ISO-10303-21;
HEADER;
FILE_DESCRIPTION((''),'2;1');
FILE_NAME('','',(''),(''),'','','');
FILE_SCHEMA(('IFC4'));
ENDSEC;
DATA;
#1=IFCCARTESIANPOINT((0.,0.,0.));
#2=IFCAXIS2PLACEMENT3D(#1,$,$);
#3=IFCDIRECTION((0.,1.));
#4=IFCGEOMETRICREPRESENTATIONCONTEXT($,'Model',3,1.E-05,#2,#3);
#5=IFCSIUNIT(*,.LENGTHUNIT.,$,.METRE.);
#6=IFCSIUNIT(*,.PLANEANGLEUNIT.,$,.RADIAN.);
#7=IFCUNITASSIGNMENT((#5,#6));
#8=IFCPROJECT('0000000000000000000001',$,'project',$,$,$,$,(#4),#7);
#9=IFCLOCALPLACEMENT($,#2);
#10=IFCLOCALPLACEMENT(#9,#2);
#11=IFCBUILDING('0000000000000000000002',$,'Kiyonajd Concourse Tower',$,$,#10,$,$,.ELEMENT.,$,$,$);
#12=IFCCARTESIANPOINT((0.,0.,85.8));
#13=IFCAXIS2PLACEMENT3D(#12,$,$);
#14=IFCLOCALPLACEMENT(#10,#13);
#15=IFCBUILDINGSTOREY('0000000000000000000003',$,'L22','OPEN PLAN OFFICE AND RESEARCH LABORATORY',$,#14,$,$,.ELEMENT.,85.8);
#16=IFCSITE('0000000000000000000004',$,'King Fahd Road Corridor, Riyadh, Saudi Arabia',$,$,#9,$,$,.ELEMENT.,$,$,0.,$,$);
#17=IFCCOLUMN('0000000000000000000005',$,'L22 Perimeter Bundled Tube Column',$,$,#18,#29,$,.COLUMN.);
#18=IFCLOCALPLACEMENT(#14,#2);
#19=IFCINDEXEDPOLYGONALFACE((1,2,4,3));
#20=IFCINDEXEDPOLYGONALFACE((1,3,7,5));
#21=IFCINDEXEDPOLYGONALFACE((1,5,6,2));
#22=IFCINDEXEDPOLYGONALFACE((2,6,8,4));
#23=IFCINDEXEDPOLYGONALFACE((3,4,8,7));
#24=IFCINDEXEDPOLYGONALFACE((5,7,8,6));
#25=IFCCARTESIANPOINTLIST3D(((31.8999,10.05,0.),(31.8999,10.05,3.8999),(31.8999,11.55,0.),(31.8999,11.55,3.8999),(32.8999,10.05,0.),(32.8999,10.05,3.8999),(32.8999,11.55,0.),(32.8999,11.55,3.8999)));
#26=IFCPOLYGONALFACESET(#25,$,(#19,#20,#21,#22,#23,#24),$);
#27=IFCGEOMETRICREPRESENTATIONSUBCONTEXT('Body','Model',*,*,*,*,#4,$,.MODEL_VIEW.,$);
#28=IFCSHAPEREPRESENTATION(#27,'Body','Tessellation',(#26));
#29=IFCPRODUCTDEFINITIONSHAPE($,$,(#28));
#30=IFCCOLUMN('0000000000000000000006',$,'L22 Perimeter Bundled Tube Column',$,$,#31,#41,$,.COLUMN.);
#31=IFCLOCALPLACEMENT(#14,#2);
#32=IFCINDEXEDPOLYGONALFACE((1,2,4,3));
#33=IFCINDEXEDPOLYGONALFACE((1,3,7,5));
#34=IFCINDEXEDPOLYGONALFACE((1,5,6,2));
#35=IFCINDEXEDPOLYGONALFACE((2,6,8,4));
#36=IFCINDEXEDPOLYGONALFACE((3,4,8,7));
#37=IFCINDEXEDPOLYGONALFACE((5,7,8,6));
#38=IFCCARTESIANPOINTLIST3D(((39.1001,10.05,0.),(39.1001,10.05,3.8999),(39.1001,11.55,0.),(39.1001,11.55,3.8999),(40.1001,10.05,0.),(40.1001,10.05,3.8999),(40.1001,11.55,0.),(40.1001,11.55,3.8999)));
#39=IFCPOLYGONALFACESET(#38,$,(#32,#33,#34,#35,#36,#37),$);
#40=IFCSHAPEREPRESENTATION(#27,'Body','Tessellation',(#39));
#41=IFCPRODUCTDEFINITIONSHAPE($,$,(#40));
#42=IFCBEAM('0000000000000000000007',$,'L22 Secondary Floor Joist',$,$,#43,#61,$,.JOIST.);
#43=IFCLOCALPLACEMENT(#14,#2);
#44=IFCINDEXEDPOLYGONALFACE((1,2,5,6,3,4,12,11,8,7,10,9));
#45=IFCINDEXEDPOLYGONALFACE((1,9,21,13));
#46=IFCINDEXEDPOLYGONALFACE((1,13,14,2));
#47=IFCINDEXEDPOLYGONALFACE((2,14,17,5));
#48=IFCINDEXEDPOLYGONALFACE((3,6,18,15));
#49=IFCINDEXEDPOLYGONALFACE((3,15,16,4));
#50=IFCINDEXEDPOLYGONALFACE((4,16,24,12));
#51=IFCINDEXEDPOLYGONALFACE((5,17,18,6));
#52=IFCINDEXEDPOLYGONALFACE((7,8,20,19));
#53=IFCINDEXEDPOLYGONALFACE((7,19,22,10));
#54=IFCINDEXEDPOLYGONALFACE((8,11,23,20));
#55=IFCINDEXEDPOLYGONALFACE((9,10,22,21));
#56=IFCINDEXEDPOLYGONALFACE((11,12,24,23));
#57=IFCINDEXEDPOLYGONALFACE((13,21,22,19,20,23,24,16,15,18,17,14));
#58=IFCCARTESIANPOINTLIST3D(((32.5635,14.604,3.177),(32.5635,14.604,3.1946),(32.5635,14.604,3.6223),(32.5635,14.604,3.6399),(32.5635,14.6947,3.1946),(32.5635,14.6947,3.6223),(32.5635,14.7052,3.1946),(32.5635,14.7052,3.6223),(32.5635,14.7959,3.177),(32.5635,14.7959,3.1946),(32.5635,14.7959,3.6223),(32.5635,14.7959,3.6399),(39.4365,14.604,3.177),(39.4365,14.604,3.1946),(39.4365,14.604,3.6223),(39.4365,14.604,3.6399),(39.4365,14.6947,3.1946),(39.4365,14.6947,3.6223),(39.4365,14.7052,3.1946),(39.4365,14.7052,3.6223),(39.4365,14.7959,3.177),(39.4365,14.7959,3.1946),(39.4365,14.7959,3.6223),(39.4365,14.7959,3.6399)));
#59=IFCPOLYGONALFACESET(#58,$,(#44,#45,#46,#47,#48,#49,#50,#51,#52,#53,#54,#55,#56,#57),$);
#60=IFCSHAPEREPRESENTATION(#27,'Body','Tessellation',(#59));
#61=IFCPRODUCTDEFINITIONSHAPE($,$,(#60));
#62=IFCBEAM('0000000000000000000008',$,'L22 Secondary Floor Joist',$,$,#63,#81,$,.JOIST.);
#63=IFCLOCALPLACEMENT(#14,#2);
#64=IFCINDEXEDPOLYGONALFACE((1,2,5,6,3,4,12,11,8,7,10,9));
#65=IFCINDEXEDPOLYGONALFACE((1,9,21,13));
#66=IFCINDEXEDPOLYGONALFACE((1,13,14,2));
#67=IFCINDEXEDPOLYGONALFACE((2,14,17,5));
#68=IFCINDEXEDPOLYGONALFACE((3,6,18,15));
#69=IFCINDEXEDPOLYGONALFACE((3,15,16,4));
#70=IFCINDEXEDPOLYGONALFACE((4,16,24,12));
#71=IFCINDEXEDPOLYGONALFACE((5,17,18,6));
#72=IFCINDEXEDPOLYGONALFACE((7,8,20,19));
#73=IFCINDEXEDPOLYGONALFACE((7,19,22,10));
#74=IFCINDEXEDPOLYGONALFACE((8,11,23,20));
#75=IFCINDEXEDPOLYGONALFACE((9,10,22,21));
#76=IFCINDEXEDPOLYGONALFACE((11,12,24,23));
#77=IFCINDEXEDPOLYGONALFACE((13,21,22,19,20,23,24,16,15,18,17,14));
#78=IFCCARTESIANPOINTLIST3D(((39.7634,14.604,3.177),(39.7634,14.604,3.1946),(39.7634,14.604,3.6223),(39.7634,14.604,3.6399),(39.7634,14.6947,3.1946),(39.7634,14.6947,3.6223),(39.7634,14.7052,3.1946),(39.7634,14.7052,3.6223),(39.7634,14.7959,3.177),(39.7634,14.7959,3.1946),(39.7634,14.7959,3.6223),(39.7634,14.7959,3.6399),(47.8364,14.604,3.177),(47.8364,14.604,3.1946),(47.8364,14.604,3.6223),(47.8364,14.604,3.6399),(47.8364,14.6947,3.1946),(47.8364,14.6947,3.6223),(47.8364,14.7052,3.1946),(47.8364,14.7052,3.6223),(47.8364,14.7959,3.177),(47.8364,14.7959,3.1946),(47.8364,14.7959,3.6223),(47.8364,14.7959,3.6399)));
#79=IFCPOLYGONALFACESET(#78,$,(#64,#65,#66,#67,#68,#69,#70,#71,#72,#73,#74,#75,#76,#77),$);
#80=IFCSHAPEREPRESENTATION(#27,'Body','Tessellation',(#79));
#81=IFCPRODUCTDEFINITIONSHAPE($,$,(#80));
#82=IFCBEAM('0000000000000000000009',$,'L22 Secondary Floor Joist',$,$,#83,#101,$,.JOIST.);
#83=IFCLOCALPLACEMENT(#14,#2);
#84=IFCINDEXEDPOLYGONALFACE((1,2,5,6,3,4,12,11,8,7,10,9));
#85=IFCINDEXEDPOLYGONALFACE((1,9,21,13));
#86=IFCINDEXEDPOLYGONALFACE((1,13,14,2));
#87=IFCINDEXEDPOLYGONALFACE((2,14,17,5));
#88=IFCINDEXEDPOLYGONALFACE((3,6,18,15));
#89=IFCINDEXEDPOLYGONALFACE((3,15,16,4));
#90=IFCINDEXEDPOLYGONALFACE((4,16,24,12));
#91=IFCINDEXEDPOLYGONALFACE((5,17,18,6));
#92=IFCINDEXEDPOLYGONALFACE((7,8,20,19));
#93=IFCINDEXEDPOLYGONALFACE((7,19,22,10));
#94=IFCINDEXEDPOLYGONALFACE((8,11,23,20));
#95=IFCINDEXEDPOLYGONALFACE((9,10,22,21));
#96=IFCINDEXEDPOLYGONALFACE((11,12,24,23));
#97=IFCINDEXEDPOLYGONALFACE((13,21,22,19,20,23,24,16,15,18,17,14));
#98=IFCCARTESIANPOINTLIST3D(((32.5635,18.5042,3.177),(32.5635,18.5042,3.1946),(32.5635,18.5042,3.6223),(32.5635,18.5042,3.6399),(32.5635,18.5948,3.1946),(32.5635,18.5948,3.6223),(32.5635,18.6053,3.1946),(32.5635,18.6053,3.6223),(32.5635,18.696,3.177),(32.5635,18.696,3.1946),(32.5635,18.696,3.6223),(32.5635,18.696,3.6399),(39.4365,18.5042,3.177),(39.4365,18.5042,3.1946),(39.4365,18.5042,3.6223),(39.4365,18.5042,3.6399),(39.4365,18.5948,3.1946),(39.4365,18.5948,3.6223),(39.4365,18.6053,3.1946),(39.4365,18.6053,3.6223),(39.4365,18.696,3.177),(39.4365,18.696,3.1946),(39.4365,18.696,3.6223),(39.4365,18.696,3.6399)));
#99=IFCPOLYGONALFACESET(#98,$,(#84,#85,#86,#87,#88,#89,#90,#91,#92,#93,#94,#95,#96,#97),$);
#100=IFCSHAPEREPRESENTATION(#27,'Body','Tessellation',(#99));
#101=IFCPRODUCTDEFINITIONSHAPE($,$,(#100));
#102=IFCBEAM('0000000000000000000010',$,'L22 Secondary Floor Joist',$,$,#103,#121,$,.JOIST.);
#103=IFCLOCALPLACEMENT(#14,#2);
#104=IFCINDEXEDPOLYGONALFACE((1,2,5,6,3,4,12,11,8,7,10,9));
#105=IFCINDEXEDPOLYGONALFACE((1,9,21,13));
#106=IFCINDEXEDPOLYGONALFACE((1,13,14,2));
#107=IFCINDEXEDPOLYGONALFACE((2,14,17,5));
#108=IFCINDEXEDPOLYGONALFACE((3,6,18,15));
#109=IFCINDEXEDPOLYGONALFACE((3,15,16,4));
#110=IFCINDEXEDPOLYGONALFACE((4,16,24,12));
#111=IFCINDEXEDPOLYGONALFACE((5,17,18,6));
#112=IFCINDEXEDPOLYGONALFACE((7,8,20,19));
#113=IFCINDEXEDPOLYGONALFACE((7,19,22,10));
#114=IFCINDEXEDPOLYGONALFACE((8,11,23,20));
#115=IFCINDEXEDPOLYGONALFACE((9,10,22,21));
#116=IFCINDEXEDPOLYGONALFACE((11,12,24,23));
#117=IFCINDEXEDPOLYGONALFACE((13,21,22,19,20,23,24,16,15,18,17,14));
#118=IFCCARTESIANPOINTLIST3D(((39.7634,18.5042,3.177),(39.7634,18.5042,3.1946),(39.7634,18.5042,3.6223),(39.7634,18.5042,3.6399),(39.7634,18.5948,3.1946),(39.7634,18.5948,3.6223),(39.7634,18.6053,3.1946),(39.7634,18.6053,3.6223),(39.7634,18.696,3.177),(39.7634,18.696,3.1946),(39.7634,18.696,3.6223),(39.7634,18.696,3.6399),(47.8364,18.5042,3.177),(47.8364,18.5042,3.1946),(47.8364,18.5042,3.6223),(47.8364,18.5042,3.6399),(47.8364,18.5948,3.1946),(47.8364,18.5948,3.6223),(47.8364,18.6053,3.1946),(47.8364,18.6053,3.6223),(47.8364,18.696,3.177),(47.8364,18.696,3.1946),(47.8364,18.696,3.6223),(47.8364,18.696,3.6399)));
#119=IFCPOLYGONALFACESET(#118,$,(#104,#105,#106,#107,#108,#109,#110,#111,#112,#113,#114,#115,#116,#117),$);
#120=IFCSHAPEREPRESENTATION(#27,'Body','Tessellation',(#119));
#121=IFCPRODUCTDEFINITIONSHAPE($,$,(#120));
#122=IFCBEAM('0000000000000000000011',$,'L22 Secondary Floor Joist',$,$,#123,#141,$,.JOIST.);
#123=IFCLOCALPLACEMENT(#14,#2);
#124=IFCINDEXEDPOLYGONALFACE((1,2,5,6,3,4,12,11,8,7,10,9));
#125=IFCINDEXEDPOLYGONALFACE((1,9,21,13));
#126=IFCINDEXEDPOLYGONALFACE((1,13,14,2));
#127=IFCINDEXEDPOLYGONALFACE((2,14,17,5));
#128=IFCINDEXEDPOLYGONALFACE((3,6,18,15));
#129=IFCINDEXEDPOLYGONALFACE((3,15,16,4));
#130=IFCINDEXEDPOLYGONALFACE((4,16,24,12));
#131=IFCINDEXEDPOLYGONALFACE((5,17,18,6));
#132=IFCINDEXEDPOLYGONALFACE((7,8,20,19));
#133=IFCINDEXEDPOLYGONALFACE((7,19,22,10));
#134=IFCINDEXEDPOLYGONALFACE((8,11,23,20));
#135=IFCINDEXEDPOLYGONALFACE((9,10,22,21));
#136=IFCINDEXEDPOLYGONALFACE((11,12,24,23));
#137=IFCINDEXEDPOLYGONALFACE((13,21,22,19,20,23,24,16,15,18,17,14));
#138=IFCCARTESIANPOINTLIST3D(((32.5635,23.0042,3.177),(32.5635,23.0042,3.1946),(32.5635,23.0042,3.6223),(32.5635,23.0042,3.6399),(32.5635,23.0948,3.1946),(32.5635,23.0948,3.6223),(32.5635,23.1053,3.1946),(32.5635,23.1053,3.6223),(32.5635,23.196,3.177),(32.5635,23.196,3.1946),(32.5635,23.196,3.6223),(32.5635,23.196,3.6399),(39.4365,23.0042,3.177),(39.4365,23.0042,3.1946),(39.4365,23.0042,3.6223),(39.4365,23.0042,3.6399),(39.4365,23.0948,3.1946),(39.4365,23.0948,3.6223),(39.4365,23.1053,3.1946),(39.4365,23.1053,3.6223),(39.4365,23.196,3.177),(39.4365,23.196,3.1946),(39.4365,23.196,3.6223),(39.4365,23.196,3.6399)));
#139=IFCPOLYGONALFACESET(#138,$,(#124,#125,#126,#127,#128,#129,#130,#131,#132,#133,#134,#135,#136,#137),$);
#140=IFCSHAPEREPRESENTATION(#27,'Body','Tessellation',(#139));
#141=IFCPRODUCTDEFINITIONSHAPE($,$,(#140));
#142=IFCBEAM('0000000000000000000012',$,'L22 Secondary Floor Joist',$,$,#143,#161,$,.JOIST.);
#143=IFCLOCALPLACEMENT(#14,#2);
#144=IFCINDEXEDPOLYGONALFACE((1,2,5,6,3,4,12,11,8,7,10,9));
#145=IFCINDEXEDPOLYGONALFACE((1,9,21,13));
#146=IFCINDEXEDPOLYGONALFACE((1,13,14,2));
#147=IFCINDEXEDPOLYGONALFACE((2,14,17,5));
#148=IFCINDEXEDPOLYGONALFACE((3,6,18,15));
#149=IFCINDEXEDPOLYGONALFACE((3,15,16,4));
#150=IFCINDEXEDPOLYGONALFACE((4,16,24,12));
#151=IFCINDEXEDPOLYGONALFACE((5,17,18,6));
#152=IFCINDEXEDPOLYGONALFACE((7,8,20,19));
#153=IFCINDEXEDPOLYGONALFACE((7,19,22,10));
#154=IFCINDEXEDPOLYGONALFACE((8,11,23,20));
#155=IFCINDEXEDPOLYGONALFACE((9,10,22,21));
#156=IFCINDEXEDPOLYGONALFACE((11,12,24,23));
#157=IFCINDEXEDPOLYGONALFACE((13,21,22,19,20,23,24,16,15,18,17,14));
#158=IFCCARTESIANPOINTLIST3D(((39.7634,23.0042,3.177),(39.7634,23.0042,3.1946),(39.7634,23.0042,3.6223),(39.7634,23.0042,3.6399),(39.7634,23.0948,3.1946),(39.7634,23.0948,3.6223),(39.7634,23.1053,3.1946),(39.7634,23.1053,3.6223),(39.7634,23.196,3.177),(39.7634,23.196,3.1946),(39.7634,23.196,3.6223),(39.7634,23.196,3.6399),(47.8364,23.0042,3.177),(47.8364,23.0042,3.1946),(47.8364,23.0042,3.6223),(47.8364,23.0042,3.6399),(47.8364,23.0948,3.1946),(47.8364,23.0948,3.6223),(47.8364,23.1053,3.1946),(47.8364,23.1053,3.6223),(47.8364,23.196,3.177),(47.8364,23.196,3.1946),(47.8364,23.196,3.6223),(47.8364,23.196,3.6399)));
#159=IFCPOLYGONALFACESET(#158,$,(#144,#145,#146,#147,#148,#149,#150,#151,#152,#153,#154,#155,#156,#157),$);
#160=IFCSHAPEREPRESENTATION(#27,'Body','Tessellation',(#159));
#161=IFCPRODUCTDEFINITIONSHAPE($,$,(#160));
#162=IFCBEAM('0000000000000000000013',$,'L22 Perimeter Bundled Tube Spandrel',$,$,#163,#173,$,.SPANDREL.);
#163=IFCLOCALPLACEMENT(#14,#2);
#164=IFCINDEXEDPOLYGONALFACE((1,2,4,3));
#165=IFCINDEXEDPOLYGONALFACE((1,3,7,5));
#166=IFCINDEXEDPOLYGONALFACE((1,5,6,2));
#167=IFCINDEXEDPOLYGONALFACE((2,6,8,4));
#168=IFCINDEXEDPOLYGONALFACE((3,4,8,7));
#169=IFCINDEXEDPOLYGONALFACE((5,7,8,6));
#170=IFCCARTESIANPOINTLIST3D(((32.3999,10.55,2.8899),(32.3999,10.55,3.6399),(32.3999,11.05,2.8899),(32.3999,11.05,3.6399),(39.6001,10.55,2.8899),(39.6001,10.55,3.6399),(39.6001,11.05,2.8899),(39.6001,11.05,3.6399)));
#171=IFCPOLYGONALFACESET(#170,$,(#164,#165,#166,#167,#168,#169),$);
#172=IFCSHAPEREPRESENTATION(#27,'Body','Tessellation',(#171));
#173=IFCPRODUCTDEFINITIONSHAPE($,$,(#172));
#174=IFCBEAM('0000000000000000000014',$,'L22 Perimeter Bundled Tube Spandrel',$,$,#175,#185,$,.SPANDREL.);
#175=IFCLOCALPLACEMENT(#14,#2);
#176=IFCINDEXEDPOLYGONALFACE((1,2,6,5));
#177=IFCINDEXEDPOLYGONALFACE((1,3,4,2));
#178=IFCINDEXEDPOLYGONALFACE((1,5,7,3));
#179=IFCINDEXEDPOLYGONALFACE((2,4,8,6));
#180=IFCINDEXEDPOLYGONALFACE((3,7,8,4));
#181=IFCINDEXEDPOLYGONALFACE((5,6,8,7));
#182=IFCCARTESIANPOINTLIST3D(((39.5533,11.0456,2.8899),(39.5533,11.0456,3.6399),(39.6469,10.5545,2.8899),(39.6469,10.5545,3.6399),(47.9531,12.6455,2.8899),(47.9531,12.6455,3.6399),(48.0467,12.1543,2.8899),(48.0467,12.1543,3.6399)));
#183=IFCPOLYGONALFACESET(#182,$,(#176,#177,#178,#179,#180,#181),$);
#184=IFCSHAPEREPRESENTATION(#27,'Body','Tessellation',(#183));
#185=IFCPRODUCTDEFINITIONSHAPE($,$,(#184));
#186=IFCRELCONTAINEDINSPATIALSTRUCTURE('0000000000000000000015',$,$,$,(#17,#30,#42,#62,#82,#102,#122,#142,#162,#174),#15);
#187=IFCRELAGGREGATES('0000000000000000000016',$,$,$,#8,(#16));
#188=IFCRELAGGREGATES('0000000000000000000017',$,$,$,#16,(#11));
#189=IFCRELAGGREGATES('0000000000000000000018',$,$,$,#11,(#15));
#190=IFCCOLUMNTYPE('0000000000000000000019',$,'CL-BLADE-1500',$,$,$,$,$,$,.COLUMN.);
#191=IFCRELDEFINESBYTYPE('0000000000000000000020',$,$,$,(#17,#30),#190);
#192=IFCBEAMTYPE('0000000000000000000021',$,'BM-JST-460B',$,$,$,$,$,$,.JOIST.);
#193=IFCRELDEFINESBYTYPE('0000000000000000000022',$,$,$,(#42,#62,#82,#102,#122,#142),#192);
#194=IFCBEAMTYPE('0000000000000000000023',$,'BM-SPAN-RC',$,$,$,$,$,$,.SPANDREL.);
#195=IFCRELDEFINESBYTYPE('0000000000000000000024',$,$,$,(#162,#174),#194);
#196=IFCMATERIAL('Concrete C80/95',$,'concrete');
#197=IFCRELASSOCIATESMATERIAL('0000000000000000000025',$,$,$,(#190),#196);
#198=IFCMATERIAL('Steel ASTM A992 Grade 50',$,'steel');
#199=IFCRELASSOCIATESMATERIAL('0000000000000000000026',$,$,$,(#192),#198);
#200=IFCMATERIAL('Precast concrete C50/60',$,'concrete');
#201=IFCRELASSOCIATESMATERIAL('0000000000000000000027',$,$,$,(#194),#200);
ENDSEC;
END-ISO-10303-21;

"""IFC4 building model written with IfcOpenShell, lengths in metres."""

from ifc_helpers import new_model, si_unit, direction, frame, origin, origin_2d, place, context, subcontext, project, spatial, rectangle, i_section, extrude, material, material_profile, profile_set, type_object, element, save


model = new_model("IFC4")

# Units and contexts
model_context = context("Model", 3, precision=1e-05, world=origin(), true_north=direction((0.0, 1.0)))
body_context = subcontext(model_context, "Body", "Model", "MODEL_VIEW")
ifc_project = project(units=[si_unit("LENGTHUNIT", "METRE"), si_unit("PLANEANGLEUNIT", "RADIAN")], contexts=[model_context])

# Site, building, storey
site_placement = place(None, origin())
site = spatial("IfcSite", under=ifc_project, at=site_placement, Name="King Fahd Road Corridor, Riyadh, Saudi Arabia", CompositionType="ELEMENT", RefElevation=0.0)
building_placement = place(site_placement, origin())
building = spatial("IfcBuilding", under=site, at=building_placement, Name="Kiyonajd Concourse Tower", CompositionType="ELEMENT")
storey_placement = place(building_placement, frame((0.0, 0.0, 85.8)))
storey = spatial("IfcBuildingStorey", under=building, at=storey_placement, Name="L22", Description="OPEN PLAN OFFICE AND RESEARCH LABORATORY", CompositionType="ELEMENT", Elevation=85.8)

# Columns
ifc_material_1 = material(Name="Concrete C80/95", Category="concrete")
ifc_material_profile_1 = material_profile(ifc_material_1, rectangle(XDim=1.0, YDim=1.5, at=origin_2d()), Name="RC-1500x1000")
ifc_profile_set_1 = profile_set([ifc_material_profile_1], Name="Concrete C80/95")
column_type = type_object("IfcColumnType", Name="CL-BLADE-1500", PredefinedType="COLUMN", material=ifc_profile_set_1)
for number, where, z_axis, x_axis, name in (
    (1, (32.3999, 10.8, 0.0), (0.0, 0.0, 1.0), (1.0, 0.0, 0.0), "L22 Perimeter Bundled Tube Column"),
    (2, (39.6001, 10.8, 0.0), (0.0, 0.0, 1.0), (1.0, 0.0, 0.0), "L22 Perimeter Bundled Tube Column"),
):
    element("IfcColumn", number, at=place(storey_placement, frame(where, z_axis=z_axis, x_axis=x_axis)), inside=storey, type_object=column_type, Name=name, PredefinedType="COLUMN", context=body_context, shape_type="SweptSolid", body=[
        extrude(rectangle(XDim=1.0, YDim=1.5, at=origin_2d()), origin(), (0.0, 0.0, 1.0), 3.8999),
    ])

# Beams
ifc_material_2 = material(Name="Steel ASTM A992 Grade 50", Category="steel")
ifc_material_profile_2 = material_profile(ifc_material_2, i_section(OverallWidth=0.1919, OverallDepth=0.4629, WebThickness=0.0105, FlangeThickness=0.0176, at=origin_2d()), Name="W460X89")
ifc_profile_set_2 = profile_set([ifc_material_profile_2], Name="Steel ASTM A992 Grade 50")
beam_type_1 = type_object("IfcBeamType", Name="BM-JST-460B", PredefinedType="JOIST", material=ifc_profile_set_2)
beam_1_placement = place(storey_placement, frame((32.5635, 14.7, 3.4084), z_axis=(1.0, 0.0, 0.0), x_axis=(0.0, 1.0, 0.0)))
element("IfcBeam", 3, at=beam_1_placement, inside=storey, type_object=beam_type_1, Name="L22 Secondary Floor Joist", PredefinedType="JOIST", context=body_context, shape_type="SweptSolid", body=[
    extrude(i_section(OverallWidth=0.1919, OverallDepth=0.4629, WebThickness=0.0105, FlangeThickness=0.0176, at=origin_2d()), origin(), (0.0, 0.0, 1.0), 6.873),
])
beam_2_placement = place(storey_placement, frame((39.7634, 14.7, 3.4084), z_axis=(1.0, 0.0, 0.0), x_axis=(0.0, 1.0, 0.0)))
element("IfcBeam", 4, at=beam_2_placement, inside=storey, type_object=beam_type_1, Name="L22 Secondary Floor Joist", PredefinedType="JOIST", context=body_context, shape_type="SweptSolid", body=[
    extrude(i_section(OverallWidth=0.1919, OverallDepth=0.4629, WebThickness=0.0105, FlangeThickness=0.0176, at=origin_2d()), origin(), (0.0, 0.0, 1.0), 8.073),
])
beam_3_placement = place(storey_placement, frame((32.5635, 18.6001, 3.4084), z_axis=(1.0, 0.0, 0.0), x_axis=(0.0, 1.0, 0.0)))
element("IfcBeam", 5, at=beam_3_placement, inside=storey, type_object=beam_type_1, Name="L22 Secondary Floor Joist", PredefinedType="JOIST", context=body_context, shape_type="SweptSolid", body=[
    extrude(i_section(OverallWidth=0.1919, OverallDepth=0.4629, WebThickness=0.0105, FlangeThickness=0.0176, at=origin_2d()), origin(), (0.0, 0.0, 1.0), 6.873),
])
beam_4_placement = place(storey_placement, frame((39.7634, 18.6001, 3.4084), z_axis=(1.0, 0.0, 0.0), x_axis=(0.0, 1.0, 0.0)))
element("IfcBeam", 6, at=beam_4_placement, inside=storey, type_object=beam_type_1, Name="L22 Secondary Floor Joist", PredefinedType="JOIST", context=body_context, shape_type="SweptSolid", body=[
    extrude(i_section(OverallWidth=0.1919, OverallDepth=0.4629, WebThickness=0.0105, FlangeThickness=0.0176, at=origin_2d()), origin(), (0.0, 0.0, 1.0), 8.073),
])
beam_5_placement = place(storey_placement, frame((32.5635, 23.1001, 3.4084), z_axis=(1.0, 0.0, 0.0), x_axis=(0.0, 1.0, 0.0)))
element("IfcBeam", 7, at=beam_5_placement, inside=storey, type_object=beam_type_1, Name="L22 Secondary Floor Joist", PredefinedType="JOIST", context=body_context, shape_type="SweptSolid", body=[
    extrude(i_section(OverallWidth=0.1919, OverallDepth=0.4629, WebThickness=0.0105, FlangeThickness=0.0176, at=origin_2d()), origin(), (0.0, 0.0, 1.0), 6.873),
])
beam_6_placement = place(storey_placement, frame((39.7634, 23.1001, 3.4084), z_axis=(1.0, 0.0, 0.0), x_axis=(0.0, 1.0, 0.0)))
element("IfcBeam", 8, at=beam_6_placement, inside=storey, type_object=beam_type_1, Name="L22 Secondary Floor Joist", PredefinedType="JOIST", context=body_context, shape_type="SweptSolid", body=[
    extrude(i_section(OverallWidth=0.1919, OverallDepth=0.4629, WebThickness=0.0105, FlangeThickness=0.0176, at=origin_2d()), origin(), (0.0, 0.0, 1.0), 8.073),
])
ifc_material_3 = material(Name="Precast concrete C50/60", Category="concrete")
ifc_material_profile_3 = material_profile(ifc_material_3, rectangle(XDim=0.5, YDim=0.75, at=origin_2d()), Name="RCBM-500x750")
ifc_profile_set_3 = profile_set([ifc_material_profile_3], Name="Precast concrete C50/60")
beam_type_2 = type_object("IfcBeamType", Name="BM-SPAN-RC", PredefinedType="SPANDREL", material=ifc_profile_set_3)
beam_7_placement = place(storey_placement, frame((32.3999, 10.8, 3.2649), z_axis=(1.0, 0.0, 0.0), x_axis=(0.0, 1.0, 0.0)))
element("IfcBeam", 9, at=beam_7_placement, inside=storey, type_object=beam_type_2, Name="L22 Perimeter Bundled Tube Spandrel", PredefinedType="SPANDREL", context=body_context, shape_type="SweptSolid", body=[
    extrude(rectangle(XDim=0.5, YDim=0.75, at=origin_2d()), origin(), (0.0, 0.0, 1.0), 7.2002),
])
beam_8_placement = place(storey_placement, frame((39.6001, 10.8, 3.2649), z_axis=(0.982341, 0.187098, 0.0), x_axis=(-0.187098, 0.982341, 0.0)))
element("IfcBeam", 10, at=beam_8_placement, inside=storey, type_object=beam_type_2, Name="L22 Perimeter Bundled Tube Spandrel", PredefinedType="SPANDREL", context=body_context, shape_type="SweptSolid", body=[
    extrude(rectangle(XDim=0.5, YDim=0.75, at=origin_2d()), origin(), (0.0, 0.0, 1.0), 8.5508),
])

save(model, "model.ifc")
